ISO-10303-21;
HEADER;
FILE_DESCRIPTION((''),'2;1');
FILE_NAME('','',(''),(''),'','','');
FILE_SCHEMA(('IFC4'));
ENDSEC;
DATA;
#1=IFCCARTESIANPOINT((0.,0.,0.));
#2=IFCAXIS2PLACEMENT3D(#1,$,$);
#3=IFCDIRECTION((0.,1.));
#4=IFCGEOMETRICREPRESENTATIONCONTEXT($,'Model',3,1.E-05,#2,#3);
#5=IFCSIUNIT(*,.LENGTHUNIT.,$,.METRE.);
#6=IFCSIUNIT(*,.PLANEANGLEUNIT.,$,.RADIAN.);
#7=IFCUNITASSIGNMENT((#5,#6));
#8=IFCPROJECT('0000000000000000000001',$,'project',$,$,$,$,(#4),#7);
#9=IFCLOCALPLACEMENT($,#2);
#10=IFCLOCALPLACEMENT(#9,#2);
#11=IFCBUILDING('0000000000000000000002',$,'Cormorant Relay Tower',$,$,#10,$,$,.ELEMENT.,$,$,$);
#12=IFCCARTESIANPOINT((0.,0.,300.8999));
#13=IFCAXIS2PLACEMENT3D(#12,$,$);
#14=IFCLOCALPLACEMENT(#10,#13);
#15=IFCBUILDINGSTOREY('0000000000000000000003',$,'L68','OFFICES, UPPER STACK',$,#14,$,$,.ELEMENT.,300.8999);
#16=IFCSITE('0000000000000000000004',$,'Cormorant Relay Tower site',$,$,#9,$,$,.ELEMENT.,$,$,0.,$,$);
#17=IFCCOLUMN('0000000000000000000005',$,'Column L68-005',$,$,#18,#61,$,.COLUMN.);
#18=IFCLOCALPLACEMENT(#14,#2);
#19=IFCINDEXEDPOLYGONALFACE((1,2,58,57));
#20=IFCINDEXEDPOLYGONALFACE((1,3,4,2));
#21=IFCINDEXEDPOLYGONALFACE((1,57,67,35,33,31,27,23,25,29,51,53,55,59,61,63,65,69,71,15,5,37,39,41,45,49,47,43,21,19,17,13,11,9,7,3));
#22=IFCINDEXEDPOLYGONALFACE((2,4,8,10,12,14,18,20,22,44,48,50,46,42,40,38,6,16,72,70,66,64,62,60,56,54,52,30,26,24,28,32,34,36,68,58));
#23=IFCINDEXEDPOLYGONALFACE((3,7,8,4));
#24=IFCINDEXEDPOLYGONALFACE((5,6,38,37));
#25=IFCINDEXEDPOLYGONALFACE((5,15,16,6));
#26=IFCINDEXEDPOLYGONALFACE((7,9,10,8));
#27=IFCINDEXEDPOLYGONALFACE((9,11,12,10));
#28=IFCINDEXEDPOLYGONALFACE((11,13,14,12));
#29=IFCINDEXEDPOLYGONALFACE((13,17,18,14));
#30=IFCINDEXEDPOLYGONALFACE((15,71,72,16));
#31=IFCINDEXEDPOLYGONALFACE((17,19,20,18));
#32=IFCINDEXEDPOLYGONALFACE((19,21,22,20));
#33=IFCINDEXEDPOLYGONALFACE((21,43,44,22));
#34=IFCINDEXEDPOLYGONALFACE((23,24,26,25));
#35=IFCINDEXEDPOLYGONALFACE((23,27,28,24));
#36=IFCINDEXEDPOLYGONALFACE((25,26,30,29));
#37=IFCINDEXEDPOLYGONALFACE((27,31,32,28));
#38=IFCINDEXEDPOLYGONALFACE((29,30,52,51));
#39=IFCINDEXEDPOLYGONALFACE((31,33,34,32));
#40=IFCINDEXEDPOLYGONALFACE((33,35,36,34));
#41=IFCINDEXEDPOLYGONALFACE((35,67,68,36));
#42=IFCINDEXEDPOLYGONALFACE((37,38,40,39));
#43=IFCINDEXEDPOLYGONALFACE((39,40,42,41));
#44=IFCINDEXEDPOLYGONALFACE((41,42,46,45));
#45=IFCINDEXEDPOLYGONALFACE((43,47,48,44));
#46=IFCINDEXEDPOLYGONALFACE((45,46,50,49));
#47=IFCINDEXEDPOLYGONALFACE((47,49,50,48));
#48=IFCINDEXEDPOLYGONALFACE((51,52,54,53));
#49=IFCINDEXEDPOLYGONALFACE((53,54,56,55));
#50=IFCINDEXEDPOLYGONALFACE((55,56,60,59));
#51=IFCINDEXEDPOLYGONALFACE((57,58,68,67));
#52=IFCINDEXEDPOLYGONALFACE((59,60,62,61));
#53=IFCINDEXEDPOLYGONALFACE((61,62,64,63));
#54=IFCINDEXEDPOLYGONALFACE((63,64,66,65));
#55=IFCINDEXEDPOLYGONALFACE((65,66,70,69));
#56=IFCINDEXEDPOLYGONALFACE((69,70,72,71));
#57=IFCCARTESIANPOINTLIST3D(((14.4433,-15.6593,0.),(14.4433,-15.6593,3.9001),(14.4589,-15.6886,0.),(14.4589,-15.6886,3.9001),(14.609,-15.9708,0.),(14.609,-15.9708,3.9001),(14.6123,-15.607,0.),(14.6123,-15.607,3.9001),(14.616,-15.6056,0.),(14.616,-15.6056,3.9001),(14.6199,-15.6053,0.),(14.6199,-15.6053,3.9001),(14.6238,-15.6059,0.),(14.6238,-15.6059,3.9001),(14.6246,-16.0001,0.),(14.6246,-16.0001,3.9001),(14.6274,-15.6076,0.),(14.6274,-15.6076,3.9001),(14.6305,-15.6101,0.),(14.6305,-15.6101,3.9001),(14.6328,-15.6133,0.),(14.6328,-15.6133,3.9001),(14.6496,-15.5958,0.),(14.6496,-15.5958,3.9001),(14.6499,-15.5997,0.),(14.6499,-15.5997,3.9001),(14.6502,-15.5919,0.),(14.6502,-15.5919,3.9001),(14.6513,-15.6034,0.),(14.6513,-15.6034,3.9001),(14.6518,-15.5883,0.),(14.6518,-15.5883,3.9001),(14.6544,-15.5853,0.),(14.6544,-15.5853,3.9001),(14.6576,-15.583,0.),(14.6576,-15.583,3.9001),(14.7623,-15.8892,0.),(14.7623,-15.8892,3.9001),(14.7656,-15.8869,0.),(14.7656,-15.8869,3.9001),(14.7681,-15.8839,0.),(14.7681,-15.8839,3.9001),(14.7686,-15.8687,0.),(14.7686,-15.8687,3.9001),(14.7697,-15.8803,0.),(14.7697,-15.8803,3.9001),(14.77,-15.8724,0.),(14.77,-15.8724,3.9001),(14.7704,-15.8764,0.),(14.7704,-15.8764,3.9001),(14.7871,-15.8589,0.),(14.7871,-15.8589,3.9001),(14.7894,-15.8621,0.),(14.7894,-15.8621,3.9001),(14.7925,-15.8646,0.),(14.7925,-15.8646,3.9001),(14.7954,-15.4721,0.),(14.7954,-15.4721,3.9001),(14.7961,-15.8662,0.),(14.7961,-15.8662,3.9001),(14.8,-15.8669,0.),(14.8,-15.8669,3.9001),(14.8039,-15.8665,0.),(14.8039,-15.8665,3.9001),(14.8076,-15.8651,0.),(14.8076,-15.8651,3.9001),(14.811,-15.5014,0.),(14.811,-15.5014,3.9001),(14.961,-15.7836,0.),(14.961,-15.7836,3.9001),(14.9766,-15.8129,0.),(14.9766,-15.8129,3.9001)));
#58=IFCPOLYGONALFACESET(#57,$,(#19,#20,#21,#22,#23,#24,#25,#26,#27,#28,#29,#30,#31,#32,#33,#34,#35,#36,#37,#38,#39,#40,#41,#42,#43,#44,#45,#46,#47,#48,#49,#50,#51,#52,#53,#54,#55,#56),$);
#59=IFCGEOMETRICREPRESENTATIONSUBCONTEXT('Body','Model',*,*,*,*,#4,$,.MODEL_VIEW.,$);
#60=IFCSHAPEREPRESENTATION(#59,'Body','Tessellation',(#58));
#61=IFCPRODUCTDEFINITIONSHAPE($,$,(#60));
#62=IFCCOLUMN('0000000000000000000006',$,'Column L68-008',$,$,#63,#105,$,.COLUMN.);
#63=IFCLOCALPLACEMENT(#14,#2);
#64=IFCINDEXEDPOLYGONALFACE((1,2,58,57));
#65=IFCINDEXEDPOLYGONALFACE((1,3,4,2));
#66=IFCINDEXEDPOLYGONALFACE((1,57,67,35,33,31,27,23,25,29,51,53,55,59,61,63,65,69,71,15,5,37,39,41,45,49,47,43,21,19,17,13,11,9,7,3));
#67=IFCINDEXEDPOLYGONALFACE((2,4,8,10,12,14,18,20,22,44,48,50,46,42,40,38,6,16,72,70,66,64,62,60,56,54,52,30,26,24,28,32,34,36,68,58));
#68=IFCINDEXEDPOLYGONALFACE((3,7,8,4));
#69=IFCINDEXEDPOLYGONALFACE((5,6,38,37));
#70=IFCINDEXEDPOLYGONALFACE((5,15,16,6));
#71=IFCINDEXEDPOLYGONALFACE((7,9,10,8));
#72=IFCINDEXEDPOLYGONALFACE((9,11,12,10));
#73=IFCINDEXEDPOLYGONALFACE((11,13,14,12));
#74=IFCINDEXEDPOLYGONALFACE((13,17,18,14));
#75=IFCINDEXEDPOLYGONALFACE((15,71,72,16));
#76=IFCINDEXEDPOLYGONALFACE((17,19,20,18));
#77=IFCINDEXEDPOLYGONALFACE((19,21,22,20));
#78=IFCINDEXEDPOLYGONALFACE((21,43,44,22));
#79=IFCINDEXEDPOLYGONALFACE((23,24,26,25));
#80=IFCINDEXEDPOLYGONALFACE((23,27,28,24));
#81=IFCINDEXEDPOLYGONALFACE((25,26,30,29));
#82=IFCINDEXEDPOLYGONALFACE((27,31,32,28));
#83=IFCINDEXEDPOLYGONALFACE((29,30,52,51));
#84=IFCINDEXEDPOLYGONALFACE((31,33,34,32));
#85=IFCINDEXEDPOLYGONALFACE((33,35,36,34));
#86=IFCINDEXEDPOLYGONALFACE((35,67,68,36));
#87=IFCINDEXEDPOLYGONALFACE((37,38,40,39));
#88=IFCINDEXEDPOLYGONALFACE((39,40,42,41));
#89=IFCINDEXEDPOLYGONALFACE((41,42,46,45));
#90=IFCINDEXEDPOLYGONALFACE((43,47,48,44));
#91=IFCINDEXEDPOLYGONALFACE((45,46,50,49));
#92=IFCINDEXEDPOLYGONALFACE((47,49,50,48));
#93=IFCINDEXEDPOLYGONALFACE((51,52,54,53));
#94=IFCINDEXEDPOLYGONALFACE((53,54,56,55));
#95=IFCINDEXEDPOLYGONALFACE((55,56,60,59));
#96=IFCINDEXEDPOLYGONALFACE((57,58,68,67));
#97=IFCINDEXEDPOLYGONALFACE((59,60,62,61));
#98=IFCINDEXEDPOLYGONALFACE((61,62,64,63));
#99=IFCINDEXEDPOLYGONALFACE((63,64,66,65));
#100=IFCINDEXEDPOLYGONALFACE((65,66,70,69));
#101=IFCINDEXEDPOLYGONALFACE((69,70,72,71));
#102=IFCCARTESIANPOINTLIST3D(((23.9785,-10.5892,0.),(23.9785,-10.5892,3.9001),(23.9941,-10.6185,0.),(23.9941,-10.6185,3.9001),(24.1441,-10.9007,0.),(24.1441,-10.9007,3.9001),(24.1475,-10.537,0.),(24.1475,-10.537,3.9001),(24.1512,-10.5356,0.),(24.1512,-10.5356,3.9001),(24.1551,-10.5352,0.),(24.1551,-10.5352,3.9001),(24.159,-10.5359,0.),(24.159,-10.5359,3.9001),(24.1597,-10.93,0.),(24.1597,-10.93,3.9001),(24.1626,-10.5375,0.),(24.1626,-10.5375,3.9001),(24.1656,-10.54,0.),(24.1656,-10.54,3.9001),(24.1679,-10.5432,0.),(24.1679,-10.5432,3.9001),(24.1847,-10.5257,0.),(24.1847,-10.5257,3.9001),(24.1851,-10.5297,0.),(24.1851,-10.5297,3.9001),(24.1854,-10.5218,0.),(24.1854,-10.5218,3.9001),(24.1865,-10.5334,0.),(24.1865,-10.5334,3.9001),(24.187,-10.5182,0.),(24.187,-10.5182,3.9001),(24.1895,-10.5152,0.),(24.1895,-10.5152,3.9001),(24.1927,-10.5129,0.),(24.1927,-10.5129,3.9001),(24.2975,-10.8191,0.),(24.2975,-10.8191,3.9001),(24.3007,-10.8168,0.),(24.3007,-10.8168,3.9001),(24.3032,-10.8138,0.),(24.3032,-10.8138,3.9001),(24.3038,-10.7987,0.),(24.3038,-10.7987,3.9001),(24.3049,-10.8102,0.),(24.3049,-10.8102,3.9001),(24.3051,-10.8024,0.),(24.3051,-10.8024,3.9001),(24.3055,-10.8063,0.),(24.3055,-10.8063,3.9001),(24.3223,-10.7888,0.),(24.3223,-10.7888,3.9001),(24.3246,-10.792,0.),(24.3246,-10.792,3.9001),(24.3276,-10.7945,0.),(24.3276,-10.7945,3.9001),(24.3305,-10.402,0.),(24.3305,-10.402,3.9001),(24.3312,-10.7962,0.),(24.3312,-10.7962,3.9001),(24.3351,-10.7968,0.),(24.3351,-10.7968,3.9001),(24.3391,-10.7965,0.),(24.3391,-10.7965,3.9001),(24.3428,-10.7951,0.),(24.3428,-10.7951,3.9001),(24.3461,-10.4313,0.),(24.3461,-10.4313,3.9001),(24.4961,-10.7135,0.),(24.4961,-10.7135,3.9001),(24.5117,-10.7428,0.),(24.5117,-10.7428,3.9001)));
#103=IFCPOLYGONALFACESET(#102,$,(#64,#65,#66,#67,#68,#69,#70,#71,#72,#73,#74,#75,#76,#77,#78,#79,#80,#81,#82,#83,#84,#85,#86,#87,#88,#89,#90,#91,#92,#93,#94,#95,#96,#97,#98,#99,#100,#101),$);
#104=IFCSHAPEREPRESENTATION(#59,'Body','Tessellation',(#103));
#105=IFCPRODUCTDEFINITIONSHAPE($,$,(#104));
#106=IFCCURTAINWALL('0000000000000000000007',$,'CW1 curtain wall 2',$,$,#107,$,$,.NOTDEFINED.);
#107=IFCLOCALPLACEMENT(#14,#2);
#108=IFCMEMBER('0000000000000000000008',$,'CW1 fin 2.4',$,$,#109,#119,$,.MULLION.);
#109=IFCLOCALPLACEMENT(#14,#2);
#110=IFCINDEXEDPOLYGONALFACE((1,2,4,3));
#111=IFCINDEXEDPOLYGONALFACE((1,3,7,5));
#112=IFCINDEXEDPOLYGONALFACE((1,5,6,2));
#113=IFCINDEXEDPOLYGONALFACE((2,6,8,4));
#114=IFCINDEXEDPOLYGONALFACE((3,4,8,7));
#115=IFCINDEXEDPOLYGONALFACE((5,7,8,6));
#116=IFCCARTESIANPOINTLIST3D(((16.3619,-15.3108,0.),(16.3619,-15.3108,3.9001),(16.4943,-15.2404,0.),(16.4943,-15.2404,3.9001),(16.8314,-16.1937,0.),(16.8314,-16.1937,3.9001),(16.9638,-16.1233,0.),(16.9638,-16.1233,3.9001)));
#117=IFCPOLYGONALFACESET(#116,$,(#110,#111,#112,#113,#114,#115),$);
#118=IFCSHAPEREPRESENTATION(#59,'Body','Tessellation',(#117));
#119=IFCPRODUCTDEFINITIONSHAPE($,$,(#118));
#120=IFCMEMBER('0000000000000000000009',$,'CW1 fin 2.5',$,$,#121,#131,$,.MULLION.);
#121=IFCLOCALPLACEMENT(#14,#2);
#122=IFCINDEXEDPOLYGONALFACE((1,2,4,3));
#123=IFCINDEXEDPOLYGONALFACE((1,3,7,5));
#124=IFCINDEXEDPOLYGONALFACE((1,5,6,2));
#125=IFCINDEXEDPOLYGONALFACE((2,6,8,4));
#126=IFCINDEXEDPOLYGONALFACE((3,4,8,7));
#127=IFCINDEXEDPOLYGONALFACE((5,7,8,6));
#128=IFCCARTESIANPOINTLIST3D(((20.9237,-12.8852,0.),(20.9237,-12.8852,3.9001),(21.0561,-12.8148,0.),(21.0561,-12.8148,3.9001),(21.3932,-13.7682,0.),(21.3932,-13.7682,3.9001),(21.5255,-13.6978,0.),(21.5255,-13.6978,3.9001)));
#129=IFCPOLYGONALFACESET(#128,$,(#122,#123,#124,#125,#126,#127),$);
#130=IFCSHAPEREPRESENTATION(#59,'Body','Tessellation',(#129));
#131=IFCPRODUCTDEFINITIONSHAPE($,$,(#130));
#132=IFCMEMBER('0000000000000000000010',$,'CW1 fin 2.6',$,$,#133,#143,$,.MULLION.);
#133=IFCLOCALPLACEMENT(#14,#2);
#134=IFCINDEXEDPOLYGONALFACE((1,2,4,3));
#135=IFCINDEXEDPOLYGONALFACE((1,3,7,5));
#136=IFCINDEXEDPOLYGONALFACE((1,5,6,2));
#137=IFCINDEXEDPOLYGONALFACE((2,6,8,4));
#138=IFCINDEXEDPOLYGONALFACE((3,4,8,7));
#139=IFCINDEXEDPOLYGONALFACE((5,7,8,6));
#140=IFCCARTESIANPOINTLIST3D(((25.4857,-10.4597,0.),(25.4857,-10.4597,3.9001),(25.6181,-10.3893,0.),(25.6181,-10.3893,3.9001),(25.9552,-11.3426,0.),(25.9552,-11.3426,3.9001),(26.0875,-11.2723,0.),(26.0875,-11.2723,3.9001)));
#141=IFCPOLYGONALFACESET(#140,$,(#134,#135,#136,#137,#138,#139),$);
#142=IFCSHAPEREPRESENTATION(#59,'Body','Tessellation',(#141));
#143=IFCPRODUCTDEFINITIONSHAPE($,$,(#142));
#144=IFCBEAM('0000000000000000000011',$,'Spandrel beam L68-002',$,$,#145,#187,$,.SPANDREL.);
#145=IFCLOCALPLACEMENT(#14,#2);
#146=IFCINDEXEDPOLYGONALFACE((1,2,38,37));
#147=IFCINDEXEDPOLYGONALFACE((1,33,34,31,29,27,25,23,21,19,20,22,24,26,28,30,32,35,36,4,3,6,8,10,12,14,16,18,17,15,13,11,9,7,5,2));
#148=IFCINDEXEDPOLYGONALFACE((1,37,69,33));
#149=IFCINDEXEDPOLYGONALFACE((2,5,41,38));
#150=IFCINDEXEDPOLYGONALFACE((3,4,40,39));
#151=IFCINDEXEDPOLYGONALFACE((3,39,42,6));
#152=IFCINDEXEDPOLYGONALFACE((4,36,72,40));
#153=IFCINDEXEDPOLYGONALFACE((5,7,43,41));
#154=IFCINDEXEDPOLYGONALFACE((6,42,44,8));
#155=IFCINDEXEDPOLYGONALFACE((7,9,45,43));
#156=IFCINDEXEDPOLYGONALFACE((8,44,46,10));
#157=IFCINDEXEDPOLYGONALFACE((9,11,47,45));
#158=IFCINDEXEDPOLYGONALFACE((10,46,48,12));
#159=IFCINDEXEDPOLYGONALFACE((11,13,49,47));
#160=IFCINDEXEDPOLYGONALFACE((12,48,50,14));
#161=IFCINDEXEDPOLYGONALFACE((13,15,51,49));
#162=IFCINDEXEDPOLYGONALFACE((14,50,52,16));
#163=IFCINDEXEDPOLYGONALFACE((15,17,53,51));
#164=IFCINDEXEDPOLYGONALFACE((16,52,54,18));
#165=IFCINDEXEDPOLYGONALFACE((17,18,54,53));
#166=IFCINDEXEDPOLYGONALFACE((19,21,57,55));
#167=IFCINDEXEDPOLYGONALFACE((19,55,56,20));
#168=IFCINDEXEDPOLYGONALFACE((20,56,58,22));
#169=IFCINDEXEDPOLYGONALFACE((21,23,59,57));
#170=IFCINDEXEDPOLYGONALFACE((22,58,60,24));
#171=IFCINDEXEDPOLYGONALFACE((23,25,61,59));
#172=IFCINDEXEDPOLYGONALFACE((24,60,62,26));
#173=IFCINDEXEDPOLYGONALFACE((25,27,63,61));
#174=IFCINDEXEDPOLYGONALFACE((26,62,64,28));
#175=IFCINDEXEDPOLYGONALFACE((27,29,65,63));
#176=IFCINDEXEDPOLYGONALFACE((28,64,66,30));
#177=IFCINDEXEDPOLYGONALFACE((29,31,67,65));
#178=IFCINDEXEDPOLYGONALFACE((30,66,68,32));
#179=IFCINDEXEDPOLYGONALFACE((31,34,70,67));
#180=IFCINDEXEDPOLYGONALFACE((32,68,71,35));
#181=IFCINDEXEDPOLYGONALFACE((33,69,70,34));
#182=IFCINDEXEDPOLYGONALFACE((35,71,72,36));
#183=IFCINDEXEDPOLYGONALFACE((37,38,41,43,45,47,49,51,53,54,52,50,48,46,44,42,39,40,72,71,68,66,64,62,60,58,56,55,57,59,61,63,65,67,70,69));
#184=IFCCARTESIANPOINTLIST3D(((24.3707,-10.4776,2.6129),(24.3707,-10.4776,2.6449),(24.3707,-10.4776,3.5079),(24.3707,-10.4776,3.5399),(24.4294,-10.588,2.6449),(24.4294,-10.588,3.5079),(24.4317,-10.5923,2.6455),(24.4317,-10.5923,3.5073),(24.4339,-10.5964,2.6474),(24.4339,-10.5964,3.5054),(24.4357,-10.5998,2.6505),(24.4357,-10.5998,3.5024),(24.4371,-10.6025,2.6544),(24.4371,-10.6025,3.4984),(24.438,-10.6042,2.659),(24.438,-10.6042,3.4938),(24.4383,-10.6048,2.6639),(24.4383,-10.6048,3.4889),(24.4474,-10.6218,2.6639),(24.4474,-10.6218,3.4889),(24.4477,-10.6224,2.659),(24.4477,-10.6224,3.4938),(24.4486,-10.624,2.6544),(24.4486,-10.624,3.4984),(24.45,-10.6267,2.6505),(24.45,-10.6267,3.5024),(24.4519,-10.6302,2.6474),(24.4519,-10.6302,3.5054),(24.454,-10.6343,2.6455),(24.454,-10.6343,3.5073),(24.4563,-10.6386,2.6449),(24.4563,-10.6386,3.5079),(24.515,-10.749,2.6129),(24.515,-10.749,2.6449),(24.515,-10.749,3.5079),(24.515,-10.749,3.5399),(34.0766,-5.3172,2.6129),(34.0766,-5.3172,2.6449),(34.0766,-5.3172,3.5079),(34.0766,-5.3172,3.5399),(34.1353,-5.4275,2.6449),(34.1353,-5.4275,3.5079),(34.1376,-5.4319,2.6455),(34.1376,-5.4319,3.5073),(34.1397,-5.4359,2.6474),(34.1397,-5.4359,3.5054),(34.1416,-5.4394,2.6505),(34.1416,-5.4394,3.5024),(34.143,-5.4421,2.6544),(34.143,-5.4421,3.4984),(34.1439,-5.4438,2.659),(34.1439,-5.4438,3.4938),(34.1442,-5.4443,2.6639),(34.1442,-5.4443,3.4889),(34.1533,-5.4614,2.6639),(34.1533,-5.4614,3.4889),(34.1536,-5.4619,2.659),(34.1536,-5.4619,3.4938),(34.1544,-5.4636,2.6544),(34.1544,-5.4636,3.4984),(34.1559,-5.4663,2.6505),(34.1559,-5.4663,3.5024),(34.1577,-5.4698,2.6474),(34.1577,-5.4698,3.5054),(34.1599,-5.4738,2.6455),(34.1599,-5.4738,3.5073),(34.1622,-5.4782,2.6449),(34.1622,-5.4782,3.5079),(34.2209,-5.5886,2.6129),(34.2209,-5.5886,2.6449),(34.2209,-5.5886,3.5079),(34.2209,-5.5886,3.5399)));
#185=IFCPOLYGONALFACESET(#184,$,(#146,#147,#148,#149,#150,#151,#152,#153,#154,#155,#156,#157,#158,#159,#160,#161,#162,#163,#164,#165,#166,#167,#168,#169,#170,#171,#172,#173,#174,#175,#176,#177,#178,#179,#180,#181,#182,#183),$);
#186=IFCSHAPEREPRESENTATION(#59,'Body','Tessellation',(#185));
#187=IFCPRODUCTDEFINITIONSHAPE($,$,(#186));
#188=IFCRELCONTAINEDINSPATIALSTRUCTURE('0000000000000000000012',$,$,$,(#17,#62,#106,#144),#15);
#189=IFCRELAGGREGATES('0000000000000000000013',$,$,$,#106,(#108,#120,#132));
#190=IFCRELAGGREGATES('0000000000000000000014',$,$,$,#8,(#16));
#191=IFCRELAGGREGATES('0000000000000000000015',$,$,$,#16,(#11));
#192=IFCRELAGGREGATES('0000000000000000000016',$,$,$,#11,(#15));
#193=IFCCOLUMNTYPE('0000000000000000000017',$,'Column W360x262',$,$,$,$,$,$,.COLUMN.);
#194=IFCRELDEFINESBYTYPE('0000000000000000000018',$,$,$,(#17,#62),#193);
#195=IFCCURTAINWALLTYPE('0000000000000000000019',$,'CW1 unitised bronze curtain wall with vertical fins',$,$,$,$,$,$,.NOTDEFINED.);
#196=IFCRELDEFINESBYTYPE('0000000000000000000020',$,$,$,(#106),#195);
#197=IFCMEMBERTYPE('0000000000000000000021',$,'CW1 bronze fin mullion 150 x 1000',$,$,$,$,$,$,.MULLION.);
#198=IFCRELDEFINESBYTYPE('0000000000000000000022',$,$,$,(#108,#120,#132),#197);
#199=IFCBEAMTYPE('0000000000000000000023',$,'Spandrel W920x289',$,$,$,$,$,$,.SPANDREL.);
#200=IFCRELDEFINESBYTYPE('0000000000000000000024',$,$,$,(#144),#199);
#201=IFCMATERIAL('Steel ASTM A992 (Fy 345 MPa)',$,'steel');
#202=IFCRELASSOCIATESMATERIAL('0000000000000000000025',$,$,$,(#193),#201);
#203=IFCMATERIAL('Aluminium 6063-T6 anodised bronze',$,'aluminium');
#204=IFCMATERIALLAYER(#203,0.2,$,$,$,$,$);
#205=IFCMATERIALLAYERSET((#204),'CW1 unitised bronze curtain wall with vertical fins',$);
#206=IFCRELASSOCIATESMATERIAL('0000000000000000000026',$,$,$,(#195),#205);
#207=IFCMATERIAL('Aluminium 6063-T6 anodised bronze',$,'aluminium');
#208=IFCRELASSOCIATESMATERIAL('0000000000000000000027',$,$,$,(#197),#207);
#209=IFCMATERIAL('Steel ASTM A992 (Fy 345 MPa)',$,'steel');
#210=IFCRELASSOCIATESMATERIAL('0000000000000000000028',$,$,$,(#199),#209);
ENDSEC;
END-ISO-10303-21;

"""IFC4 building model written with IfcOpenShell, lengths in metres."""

from ifc_helpers import new_model, si_unit, direction, frame, origin, origin_2d, place, context, subcontext, project, spatial, rectangle, i_section, extrude, material, layer, layer_set, material_profile, profile_set, type_object, element, aggregate, save


model = new_model("IFC4")

# Units and contexts
model_context = context("Model", 3, precision=1e-05, world=origin(), true_north=direction((0.0, 1.0)))
body_context = subcontext(model_context, "Body", "Model", "MODEL_VIEW")
ifc_project = project(units=[si_unit("LENGTHUNIT", "METRE"), si_unit("PLANEANGLEUNIT", "RADIAN")], contexts=[model_context])

# Site, building, storey
site_placement = place(None, origin())
site = spatial("IfcSite", under=ifc_project, at=site_placement, Name="Cormorant Relay Tower site", CompositionType="ELEMENT", RefElevation=0.0)
building_placement = place(site_placement, origin())
building = spatial("IfcBuilding", under=site, at=building_placement, Name="Cormorant Relay Tower", CompositionType="ELEMENT")
storey_placement = place(building_placement, frame((0.0, 0.0, 300.8999)))
storey = spatial("IfcBuildingStorey", under=building, at=storey_placement, Name="L68", Description="OFFICES, UPPER STACK", CompositionType="ELEMENT", Elevation=300.8999)

# Columns
ifc_material_1 = material(Name="Steel ASTM A992 (Fy 345 MPa)", Category="steel")
ifc_material_profile_1 = material_profile(ifc_material_1, i_section(OverallWidth=0.3987, OverallDepth=0.386, WebThickness=0.021, FlangeThickness=0.0332, FilletRadius=0.0151, at=origin_2d()), Name="W360x262")
ifc_profile_set_1 = profile_set([ifc_material_profile_1], Name="Steel ASTM A992 (Fy 345 MPa)")
column_type = type_object("IfcColumnType", Name="Column W360x262", PredefinedType="COLUMN", material=ifc_profile_set_1)
for number, where, z_axis, x_axis, name in (
    (1, (14.71, -15.7361, 0.0), (0.0, 0.0, 1.0), (0.882948, 0.469472, 0.0), "Column L68-005"),
    (2, (24.2451, -10.666, 0.0), (0.0, 0.0, 1.0), (0.882948, 0.469472, 0.0), "Column L68-008"),
):
    element("IfcColumn", number, at=place(storey_placement, frame(where, z_axis=z_axis, x_axis=x_axis)), inside=storey, type_object=column_type, Name=name, PredefinedType="COLUMN", context=body_context, shape_type="SweptSolid", body=[
        extrude(i_section(OverallWidth=0.3987, OverallDepth=0.386, WebThickness=0.021, FlangeThickness=0.0332, FilletRadius=0.0151, at=origin_2d()), origin(), (0.0, 0.0, 1.0), 3.9001),
    ])

# Curtain wall, members
ifc_material_2 = material(Name="Aluminium 6063-T6 anodised bronze", Category="aluminium")
ifc_layer_1 = layer(ifc_material_2, 0.2)
ifc_layer_set_1 = layer_set([ifc_layer_1], Name="CW1 unitised bronze curtain wall with vertical fins")
curtain_wall_type = type_object("IfcCurtainWallType", Name="CW1 unitised bronze curtain wall with vertical fins", PredefinedType="NOTDEFINED", material=ifc_layer_set_1)
curtain_wall_placement = place(storey_placement, origin())
curtain_wall = element("IfcCurtainWall", 3, at=curtain_wall_placement, inside=storey, type_object=curtain_wall_type, Name="CW1 curtain wall 2", PredefinedType="NOTDEFINED")
ifc_material_3 = material(Name="Aluminium 6063-T6 anodised bronze", Category="aluminium")
ifc_material_profile_2 = material_profile(ifc_material_3, rectangle(XDim=0.1499, YDim=1.0, at=origin_2d()), Name="AL 150x1000")
ifc_profile_set_2 = profile_set([ifc_material_profile_2], Name="Aluminium 6063-T6 anodised bronze")
member_type = type_object("IfcMemberType", Name="CW1 bronze fin mullion 150 x 1000", PredefinedType="MULLION", material=ifc_profile_set_2)
member_1_placement = place(storey_placement, frame((16.6628, -15.717, 0.0), z_axis=(0.0, 0.0, 1.0), x_axis=(0.882948, 0.469472, 0.0)))
member_1 = element("IfcMember", 4, at=member_1_placement, type_object=member_type, Name="CW1 fin 2.4", PredefinedType="MULLION", context=body_context, shape_type="SweptSolid", body=[
    extrude(rectangle(XDim=0.1499, YDim=1.0, at=origin_2d()), origin(), (0.0, 0.0, 1.0), 3.9001),
])
member_2_placement = place(storey_placement, frame((21.2246, -13.2915, 0.0), z_axis=(0.0, 0.0, 1.0), x_axis=(0.882948, 0.469472, 0.0)))
member_2 = element("IfcMember", 5, at=member_2_placement, type_object=member_type, Name="CW1 fin 2.5", PredefinedType="MULLION", context=body_context, shape_type="SweptSolid", body=[
    extrude(rectangle(XDim=0.1499, YDim=1.0, at=origin_2d()), origin(), (0.0, 0.0, 1.0), 3.9001),
])
member_3_placement = place(storey_placement, frame((25.7866, -10.866, 0.0), z_axis=(0.0, 0.0, 1.0), x_axis=(0.882948, 0.469472, 0.0)))
member_3 = element("IfcMember", 6, at=member_3_placement, type_object=member_type, Name="CW1 fin 2.6", PredefinedType="MULLION", context=body_context, shape_type="SweptSolid", body=[
    extrude(rectangle(XDim=0.1499, YDim=1.0, at=origin_2d()), origin(), (0.0, 0.0, 1.0), 3.9001),
])

# Beam
ifc_material_4 = material(Name="Steel ASTM A992 (Fy 345 MPa)", Category="steel")
ifc_material_profile_3 = material_profile(ifc_material_4, i_section(OverallWidth=0.3074, OverallDepth=0.927, WebThickness=0.0193, FlangeThickness=0.032, FilletRadius=0.019, at=origin_2d()), Name="W920x289")
ifc_profile_set_3 = profile_set([ifc_material_profile_3], Name="Steel ASTM A992 (Fy 345 MPa)")
beam_type_1 = type_object("IfcBeamType", Name="Spandrel W920x289", PredefinedType="SPANDREL", material=ifc_profile_set_3)
beam_1_placement = place(storey_placement, frame((24.4429, -10.6133, 3.0764), z_axis=(0.882958, 0.469452, 0.0), x_axis=(-0.469452, 0.882958, 0.0)))
element("IfcBeam", 7, at=beam_1_placement, inside=storey, type_object=beam_type_1, Name="Spandrel beam L68-002", PredefinedType="SPANDREL", context=body_context, shape_type="SweptSolid", body=[
    extrude(i_section(OverallWidth=0.3074, OverallDepth=0.927, WebThickness=0.0193, FlangeThickness=0.032, FilletRadius=0.019, at=origin_2d()), origin(), (0.0, 0.0, 1.0), 10.9924),
])

aggregate(curtain_wall, [member_1, member_2, member_3])

save(model, "model.ifc")
